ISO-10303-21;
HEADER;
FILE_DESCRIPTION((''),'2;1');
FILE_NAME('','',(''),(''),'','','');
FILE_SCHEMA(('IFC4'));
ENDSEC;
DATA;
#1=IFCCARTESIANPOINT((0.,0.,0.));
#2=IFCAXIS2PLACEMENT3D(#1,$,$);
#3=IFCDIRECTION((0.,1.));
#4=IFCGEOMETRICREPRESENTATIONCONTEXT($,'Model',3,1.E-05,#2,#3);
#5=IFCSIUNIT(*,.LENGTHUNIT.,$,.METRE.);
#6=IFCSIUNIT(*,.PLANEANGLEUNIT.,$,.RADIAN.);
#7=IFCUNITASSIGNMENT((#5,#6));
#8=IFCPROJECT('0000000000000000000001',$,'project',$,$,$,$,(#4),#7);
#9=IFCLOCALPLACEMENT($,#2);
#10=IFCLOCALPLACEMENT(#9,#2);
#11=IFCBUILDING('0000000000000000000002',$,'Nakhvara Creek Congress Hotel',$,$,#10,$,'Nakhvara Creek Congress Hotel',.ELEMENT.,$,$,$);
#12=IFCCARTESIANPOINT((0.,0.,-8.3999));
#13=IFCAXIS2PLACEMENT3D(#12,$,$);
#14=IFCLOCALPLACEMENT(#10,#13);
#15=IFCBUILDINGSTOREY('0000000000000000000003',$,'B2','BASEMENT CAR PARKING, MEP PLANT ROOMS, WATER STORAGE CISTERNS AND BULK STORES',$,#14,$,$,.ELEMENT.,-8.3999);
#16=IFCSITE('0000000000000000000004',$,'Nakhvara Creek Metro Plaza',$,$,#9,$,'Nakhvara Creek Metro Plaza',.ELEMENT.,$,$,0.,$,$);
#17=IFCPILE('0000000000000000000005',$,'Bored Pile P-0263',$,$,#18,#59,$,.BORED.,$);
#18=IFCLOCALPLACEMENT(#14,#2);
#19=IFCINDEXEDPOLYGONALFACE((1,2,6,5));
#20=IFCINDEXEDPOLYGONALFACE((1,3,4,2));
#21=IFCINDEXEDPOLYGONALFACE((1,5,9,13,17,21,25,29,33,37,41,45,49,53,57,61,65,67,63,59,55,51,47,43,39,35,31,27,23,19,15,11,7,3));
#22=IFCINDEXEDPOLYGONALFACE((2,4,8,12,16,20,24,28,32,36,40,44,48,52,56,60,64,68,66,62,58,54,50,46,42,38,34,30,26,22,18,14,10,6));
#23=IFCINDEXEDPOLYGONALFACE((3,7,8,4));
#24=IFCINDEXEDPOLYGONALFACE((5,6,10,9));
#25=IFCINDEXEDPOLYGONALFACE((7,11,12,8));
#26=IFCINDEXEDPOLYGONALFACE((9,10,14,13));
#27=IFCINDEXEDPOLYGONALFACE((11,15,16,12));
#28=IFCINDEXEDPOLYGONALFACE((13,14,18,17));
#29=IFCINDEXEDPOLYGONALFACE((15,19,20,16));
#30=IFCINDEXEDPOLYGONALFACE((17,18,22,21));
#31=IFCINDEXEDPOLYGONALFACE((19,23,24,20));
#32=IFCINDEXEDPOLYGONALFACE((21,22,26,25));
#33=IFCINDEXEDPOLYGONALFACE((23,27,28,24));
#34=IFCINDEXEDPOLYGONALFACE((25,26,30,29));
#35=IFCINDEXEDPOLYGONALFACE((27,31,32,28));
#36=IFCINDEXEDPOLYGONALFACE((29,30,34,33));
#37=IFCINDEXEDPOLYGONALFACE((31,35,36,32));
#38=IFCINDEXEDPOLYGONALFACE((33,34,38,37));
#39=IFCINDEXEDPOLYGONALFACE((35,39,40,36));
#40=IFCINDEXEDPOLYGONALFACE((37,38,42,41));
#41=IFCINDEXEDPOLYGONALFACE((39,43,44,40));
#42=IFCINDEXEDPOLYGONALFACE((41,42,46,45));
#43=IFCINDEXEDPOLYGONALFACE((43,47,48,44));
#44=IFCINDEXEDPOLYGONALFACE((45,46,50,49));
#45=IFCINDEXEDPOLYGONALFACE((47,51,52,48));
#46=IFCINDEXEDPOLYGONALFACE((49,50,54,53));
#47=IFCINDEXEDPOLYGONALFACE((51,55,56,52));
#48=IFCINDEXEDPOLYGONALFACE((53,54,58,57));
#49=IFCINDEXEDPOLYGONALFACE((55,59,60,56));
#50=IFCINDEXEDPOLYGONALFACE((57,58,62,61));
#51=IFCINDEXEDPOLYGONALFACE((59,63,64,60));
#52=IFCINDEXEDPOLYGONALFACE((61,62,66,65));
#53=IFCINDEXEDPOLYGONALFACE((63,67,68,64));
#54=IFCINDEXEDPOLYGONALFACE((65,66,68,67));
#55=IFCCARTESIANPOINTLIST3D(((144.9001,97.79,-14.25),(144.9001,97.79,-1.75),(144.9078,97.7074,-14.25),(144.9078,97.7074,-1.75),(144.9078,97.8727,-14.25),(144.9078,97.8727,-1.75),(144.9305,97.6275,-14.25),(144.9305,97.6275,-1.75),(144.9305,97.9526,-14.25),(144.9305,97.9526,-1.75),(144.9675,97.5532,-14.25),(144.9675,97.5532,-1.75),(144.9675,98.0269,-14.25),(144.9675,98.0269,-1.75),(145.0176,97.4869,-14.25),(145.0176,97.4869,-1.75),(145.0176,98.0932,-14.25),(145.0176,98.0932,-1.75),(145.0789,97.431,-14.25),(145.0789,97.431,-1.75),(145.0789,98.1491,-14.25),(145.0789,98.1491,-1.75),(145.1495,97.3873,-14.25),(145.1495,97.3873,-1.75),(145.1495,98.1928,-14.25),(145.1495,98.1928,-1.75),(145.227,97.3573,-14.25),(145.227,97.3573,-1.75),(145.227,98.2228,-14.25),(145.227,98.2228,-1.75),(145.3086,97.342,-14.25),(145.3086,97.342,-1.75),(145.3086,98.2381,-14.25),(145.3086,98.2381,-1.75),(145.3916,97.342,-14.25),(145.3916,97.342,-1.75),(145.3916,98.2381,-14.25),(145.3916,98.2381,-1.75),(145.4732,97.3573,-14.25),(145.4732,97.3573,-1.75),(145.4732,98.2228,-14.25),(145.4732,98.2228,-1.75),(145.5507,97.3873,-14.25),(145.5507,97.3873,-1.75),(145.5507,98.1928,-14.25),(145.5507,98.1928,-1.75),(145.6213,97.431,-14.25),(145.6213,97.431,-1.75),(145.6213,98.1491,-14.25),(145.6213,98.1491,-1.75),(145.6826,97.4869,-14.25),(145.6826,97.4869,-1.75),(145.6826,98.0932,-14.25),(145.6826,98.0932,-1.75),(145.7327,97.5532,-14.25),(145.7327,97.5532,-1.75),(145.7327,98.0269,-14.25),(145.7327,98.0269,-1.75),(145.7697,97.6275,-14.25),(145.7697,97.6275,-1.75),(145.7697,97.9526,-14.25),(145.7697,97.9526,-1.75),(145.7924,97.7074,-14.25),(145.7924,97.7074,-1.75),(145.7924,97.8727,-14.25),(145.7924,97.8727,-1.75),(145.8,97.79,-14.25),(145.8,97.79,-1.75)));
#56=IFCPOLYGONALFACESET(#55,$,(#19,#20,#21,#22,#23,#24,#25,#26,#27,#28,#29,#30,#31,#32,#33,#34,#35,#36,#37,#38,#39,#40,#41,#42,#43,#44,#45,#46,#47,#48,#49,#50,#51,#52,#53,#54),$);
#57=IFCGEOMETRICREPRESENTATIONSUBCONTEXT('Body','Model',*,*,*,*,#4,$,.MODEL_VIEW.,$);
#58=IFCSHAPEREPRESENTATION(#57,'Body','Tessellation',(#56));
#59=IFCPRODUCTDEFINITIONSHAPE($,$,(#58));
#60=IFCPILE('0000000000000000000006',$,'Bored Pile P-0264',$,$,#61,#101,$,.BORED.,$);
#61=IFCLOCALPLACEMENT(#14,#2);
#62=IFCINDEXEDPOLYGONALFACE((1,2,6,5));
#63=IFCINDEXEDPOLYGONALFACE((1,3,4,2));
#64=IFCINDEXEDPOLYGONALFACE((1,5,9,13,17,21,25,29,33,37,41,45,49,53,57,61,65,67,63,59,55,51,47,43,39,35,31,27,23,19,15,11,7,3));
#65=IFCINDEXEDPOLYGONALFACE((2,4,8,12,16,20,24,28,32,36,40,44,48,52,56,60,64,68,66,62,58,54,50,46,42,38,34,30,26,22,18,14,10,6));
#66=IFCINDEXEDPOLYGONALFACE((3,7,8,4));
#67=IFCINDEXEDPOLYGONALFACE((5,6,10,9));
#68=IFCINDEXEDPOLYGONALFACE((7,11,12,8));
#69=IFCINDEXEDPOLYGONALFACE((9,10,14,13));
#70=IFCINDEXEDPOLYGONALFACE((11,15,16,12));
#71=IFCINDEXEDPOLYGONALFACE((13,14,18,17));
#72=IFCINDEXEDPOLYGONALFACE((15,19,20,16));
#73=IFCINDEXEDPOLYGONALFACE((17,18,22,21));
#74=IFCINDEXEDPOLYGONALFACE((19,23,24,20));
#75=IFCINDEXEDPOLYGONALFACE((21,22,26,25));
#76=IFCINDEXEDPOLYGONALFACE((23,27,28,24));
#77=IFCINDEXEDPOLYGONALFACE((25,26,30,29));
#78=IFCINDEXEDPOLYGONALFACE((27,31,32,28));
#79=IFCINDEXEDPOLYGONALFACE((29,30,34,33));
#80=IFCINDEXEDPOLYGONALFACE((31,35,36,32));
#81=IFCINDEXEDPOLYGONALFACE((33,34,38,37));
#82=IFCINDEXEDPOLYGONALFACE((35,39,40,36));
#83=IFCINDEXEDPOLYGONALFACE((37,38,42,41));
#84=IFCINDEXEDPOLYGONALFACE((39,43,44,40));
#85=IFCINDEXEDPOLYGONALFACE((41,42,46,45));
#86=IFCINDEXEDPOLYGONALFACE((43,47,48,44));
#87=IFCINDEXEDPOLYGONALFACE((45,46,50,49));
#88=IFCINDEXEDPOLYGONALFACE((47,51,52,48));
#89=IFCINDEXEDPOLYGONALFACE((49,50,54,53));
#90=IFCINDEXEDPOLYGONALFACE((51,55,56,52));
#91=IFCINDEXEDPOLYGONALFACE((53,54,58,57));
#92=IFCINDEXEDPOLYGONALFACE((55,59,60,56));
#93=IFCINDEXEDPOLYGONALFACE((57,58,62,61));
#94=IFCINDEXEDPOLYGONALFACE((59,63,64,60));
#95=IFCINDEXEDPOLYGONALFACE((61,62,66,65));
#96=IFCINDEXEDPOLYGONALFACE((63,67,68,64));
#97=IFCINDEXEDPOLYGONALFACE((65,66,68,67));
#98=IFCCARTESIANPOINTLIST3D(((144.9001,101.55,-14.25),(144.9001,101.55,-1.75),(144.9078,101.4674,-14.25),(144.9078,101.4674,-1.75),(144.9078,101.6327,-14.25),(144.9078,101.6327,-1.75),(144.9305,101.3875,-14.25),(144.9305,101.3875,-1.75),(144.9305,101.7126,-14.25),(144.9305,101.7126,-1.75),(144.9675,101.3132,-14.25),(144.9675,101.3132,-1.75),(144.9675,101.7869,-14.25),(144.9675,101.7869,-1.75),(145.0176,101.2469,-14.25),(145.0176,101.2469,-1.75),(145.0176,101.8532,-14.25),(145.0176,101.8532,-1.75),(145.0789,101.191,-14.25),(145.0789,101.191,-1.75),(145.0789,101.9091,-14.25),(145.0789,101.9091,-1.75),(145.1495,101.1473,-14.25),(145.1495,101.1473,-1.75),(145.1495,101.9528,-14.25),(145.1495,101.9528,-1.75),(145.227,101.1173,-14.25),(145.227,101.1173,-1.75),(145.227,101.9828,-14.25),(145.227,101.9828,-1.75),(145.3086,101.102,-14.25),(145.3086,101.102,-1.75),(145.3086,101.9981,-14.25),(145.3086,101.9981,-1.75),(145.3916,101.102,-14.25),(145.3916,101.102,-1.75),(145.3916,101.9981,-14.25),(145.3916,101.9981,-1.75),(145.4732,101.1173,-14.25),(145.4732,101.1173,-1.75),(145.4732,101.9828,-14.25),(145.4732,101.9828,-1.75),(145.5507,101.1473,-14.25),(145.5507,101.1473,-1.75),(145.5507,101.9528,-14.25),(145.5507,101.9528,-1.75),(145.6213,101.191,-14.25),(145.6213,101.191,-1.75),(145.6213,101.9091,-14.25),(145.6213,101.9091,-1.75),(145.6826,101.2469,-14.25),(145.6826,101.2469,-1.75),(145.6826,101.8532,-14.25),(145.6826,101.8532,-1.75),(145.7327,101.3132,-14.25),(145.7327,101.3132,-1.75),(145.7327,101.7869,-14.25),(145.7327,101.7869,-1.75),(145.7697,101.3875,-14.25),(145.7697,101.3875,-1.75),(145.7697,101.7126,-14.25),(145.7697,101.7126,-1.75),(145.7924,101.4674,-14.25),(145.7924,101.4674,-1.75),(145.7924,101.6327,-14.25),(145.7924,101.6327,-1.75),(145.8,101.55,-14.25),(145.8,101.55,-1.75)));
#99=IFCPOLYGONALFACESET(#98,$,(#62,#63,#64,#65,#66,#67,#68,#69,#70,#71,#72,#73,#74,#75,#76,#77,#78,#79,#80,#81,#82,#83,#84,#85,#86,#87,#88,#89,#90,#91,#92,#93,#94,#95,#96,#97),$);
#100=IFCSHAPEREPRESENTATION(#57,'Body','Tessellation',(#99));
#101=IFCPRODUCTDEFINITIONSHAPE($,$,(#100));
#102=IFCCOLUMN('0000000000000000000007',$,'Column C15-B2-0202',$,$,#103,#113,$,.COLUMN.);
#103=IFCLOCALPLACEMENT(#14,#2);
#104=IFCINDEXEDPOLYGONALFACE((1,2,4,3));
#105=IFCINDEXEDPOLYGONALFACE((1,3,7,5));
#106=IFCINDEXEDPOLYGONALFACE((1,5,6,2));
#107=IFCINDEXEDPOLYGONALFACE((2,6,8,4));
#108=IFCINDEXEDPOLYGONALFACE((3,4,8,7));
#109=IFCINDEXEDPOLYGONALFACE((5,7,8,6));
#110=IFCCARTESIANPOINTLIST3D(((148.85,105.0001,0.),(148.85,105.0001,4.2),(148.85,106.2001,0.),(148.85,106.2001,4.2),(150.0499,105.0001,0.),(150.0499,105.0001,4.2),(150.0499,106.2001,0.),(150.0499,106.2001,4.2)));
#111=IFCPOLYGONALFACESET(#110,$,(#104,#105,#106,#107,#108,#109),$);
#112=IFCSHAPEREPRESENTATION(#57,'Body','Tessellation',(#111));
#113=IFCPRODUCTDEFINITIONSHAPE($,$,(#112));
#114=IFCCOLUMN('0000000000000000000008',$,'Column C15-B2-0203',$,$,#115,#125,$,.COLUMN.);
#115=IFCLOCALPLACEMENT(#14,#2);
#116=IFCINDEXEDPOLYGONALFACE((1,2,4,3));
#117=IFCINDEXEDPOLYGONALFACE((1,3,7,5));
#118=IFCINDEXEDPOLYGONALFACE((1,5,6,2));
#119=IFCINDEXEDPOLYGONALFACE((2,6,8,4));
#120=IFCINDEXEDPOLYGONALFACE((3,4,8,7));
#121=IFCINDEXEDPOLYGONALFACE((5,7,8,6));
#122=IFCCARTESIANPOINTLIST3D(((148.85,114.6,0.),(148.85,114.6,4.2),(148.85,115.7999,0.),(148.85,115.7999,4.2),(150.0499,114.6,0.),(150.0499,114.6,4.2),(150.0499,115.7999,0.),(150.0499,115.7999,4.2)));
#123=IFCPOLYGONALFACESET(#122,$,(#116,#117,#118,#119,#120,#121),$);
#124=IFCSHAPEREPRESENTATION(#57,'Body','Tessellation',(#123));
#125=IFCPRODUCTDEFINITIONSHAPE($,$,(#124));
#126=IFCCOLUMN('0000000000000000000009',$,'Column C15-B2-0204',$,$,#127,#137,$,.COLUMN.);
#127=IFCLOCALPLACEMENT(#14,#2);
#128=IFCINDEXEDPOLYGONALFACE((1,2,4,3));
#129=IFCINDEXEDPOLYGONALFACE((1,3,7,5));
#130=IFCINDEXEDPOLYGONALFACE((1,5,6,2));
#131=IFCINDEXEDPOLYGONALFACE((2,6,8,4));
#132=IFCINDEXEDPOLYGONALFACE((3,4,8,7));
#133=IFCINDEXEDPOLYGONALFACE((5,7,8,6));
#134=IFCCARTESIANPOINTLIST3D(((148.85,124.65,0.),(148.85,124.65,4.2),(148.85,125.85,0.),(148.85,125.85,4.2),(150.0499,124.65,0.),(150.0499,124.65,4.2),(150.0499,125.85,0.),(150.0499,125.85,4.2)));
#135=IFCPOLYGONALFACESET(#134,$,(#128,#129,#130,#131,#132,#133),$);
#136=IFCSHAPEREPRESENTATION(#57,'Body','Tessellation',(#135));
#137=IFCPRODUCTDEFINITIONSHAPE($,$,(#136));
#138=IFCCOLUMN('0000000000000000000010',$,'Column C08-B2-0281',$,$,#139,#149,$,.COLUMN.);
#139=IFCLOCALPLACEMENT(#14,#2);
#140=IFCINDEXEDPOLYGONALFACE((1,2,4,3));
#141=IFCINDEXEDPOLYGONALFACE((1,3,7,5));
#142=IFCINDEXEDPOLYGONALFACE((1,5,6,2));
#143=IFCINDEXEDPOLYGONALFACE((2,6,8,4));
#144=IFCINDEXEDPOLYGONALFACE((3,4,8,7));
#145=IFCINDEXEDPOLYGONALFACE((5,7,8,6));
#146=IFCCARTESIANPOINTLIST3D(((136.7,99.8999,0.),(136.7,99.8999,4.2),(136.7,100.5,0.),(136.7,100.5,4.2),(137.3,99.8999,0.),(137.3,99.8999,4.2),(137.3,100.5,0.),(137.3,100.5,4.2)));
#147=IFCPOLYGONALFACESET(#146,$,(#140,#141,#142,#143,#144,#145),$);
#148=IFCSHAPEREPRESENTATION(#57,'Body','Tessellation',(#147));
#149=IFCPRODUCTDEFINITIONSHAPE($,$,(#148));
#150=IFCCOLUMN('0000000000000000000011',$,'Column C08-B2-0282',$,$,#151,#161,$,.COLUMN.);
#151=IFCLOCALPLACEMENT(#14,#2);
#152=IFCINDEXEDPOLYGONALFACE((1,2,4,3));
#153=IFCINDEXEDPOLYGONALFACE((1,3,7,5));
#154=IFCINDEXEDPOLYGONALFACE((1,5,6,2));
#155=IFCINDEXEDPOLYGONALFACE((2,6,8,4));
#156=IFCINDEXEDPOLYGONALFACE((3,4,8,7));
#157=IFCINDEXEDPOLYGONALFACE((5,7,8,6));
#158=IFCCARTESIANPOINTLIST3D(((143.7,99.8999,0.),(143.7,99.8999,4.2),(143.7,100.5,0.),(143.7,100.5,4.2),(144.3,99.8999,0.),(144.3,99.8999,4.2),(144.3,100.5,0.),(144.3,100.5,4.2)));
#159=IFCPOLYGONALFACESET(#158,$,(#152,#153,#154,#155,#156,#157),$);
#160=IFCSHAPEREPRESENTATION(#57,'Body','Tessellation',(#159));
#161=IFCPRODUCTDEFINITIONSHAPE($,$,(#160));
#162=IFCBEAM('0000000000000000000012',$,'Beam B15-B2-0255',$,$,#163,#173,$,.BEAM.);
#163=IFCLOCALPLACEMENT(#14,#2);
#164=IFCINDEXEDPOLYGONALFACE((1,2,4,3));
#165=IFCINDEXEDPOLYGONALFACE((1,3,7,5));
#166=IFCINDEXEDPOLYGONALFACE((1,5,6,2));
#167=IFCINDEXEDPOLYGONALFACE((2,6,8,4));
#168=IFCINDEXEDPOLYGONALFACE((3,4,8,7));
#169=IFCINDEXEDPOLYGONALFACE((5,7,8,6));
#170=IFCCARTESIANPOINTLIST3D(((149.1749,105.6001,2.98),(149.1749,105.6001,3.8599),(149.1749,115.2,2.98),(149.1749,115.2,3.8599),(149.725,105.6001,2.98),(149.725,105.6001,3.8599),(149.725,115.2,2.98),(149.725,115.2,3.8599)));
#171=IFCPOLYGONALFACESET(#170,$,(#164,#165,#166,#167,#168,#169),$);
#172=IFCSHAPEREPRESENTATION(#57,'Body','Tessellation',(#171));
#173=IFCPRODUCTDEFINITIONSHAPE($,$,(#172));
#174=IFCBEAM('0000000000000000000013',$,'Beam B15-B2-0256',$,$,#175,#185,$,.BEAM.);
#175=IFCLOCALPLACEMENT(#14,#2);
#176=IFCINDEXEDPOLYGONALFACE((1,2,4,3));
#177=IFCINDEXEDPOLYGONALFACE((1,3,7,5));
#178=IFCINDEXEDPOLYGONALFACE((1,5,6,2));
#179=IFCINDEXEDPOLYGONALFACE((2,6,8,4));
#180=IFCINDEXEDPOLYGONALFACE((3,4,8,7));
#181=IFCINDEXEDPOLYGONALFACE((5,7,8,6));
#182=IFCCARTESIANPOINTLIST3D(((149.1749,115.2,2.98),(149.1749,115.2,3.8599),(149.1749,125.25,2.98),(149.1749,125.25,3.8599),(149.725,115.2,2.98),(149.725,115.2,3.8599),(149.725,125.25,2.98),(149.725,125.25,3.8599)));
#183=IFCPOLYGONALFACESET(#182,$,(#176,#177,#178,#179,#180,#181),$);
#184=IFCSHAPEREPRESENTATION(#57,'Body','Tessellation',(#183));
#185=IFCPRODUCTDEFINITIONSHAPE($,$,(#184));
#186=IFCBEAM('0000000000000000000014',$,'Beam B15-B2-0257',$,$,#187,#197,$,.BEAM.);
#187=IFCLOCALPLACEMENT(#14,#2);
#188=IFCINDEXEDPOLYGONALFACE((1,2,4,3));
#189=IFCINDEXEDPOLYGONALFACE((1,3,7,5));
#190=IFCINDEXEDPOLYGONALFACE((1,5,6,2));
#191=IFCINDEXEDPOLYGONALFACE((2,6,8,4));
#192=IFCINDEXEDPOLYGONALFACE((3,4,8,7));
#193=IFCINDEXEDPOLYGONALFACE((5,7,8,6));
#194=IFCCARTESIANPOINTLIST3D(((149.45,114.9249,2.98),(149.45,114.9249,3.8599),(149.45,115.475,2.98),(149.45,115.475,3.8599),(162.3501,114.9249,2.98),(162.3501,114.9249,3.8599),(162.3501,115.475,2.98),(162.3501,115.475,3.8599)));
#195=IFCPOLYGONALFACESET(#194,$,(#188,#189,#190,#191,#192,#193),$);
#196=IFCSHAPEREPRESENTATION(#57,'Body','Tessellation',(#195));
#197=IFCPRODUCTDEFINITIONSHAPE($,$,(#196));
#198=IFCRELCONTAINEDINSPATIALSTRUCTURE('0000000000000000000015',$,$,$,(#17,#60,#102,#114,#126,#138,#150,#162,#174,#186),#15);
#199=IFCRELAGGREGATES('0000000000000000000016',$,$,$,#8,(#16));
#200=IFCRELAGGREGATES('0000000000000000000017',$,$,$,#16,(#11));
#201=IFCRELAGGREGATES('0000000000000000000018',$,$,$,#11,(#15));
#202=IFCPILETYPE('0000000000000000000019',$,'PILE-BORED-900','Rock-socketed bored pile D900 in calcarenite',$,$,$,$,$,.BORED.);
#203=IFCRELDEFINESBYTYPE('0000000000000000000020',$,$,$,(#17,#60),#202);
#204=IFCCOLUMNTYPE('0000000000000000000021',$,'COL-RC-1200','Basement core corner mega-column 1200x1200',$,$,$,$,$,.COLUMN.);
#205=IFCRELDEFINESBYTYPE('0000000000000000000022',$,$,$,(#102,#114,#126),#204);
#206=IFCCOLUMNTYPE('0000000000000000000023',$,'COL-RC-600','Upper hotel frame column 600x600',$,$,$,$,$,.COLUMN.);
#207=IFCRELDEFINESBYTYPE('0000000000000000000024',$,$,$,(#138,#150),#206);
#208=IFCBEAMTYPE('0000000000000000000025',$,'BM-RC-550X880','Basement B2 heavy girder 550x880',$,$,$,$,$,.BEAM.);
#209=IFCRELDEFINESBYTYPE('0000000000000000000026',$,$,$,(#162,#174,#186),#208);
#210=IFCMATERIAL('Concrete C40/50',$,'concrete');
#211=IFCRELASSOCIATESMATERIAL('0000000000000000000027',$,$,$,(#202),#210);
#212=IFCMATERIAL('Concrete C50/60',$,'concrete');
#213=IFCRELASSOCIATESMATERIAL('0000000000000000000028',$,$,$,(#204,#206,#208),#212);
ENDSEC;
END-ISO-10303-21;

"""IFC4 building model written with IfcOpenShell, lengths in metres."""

from ifc_helpers import new_model, si_unit, direction, frame, origin, origin_2d, place, context, subcontext, project, spatial, rectangle, circle, extrude, material, material_profile, profile_set, type_object, element, save


model = new_model("IFC4")

# Units and contexts
model_context = context("Model", 3, precision=1e-05, world=origin(), true_north=direction((0.0, 1.0)))
body_context = subcontext(model_context, "Body", "Model", "MODEL_VIEW")
ifc_project = project(units=[si_unit("LENGTHUNIT", "METRE"), si_unit("PLANEANGLEUNIT", "RADIAN")], contexts=[model_context])

# Site, building, storey
site_placement = place(None, origin())
site = spatial("IfcSite", under=ifc_project, at=site_placement, Name="Nakhvara Creek Metro Plaza", LongName="Nakhvara Creek Metro Plaza", CompositionType="ELEMENT", RefElevation=0.0)
building_placement = place(site_placement, origin())
building = spatial("IfcBuilding", under=site, at=building_placement, Name="Nakhvara Creek Congress Hotel", LongName="Nakhvara Creek Congress Hotel", CompositionType="ELEMENT")
storey_placement = place(building_placement, frame((0.0, 0.0, -8.3999)))
storey = spatial("IfcBuildingStorey", under=building, at=storey_placement, Name="B2", Description="BASEMENT CAR PARKING, MEP PLANT ROOMS, WATER STORAGE CISTERNS AND BULK STORES", CompositionType="ELEMENT", Elevation=-8.3999)

# Shared definitions
ifc_material_1 = material(Name="Concrete C40/50", Category="concrete")

# Piles
ifc_material_profile_1 = material_profile(ifc_material_1, circle(Radius=0.45, at=origin_2d()), Name="BORED PILE D900", Category="LoadBearing")
ifc_profile_set_1 = profile_set([ifc_material_profile_1], Name="Concrete C40/50")
pile_type_1 = type_object("IfcPileType", Name="PILE-BORED-900", Description="Rock-socketed bored pile D900 in calcarenite", PredefinedType="BORED", material=ifc_profile_set_1)
for number, where, z_axis, x_axis, name in (
    (1, (145.3501, 97.79, -1.75), (0.0, 0.0, -1.0), (1.0, 0.0, 0.0), "Bored Pile P-0263"),
    (2, (145.3501, 101.55, -1.75), (0.0, 0.0, -1.0), (1.0, 0.0, 0.0), "Bored Pile P-0264"),
):
    element("IfcPile", number, at=place(storey_placement, frame(where, z_axis=z_axis, x_axis=x_axis)), inside=storey, type_object=pile_type_1, Name=name, PredefinedType="BORED", context=body_context, shape_type="SweptSolid", body=[
        extrude(circle(Radius=0.45, at=origin_2d()), origin(), (0.0, 0.0, 1.0), 12.5),
    ])

# Columns
ifc_material_2 = material(Name="Concrete C50/60", Category="concrete")
ifc_material_profile_2 = material_profile(ifc_material_2, rectangle(XDim=1.2, YDim=1.2, at=origin_2d()), Name="RC-COL 1200x1200", Category="LoadBearing")
ifc_profile_set_2 = profile_set([ifc_material_profile_2], Name="Concrete C50/60")
column_type_1 = type_object("IfcColumnType", Name="COL-RC-1200", Description="Basement core corner mega-column 1200x1200", PredefinedType="COLUMN", material=ifc_profile_set_2)
for number, where, z_axis, x_axis, name in (
    (3, (149.45, 105.6001, 0.0), (0.0, 0.0, 1.0), (1.0, 0.0, 0.0), "Column C15-B2-0202"),
    (4, (149.45, 115.2, 0.0), (0.0, 0.0, 1.0), (1.0, 0.0, 0.0), "Column C15-B2-0203"),
    (5, (149.45, 125.25, 0.0), (0.0, 0.0, 1.0), (1.0, 0.0, 0.0), "Column C15-B2-0204"),
):
    element("IfcColumn", number, at=place(storey_placement, frame(where, z_axis=z_axis, x_axis=x_axis)), inside=storey, type_object=column_type_1, Name=name, PredefinedType="COLUMN", context=body_context, shape_type="SweptSolid", body=[
        extrude(rectangle(XDim=1.2, YDim=1.2, at=origin_2d()), origin(), (0.0, 0.0, 1.0), 4.2),
    ])
ifc_material_profile_3 = material_profile(ifc_material_2, rectangle(XDim=0.6001, YDim=0.6001, at=origin_2d()), Name="RC-COL 600x600", Category="LoadBearing")
ifc_profile_set_3 = profile_set([ifc_material_profile_3], Name="Concrete C50/60")
column_type_2 = type_object("IfcColumnType", Name="COL-RC-600", Description="Upper hotel frame column 600x600", PredefinedType="COLUMN", material=ifc_profile_set_3)
for number, where, z_axis, x_axis, name in (
    (6, (137.0, 100.2, 0.0), (0.0, 0.0, 1.0), (1.0, 0.0, 0.0), "Column C08-B2-0281"),
    (7, (144.0, 100.2, 0.0), (0.0, 0.0, 1.0), (1.0, 0.0, 0.0), "Column C08-B2-0282"),
):
    element("IfcColumn", number, at=place(storey_placement, frame(where, z_axis=z_axis, x_axis=x_axis)), inside=storey, type_object=column_type_2, Name=name, PredefinedType="COLUMN", context=body_context, shape_type="SweptSolid", body=[
        extrude(rectangle(XDim=0.6001, YDim=0.6001, at=origin_2d()), origin(), (0.0, 0.0, 1.0), 4.2),
    ])

# Beams
ifc_material_profile_4 = material_profile(ifc_material_2, rectangle(XDim=0.55, YDim=0.8799, at=origin_2d()), Name="RC-BM 550x880", Category="LoadBearing")
ifc_profile_set_4 = profile_set([ifc_material_profile_4], Name="Concrete C50/60")
beam_type_1 = type_object("IfcBeamType", Name="BM-RC-550X880", Description="Basement B2 heavy girder 550x880", PredefinedType="BEAM", material=ifc_profile_set_4)
beam_1_placement = place(storey_placement, frame((149.45, 105.6001, 3.4199), z_axis=(0.0, 1.0, 0.0), x_axis=(-1.0, 0.0, 0.0)))
element("IfcBeam", 8, at=beam_1_placement, inside=storey, type_object=beam_type_1, Name="Beam B15-B2-0255", PredefinedType="BEAM", context=body_context, shape_type="SweptSolid", body=[
    extrude(rectangle(XDim=0.55, YDim=0.8799, at=origin_2d()), origin(), (0.0, 0.0, 1.0), 9.5999),
])
beam_2_placement = place(storey_placement, frame((149.45, 115.2, 3.4199), z_axis=(0.0, 1.0, 0.0), x_axis=(-1.0, 0.0, 0.0)))
element("IfcBeam", 9, at=beam_2_placement, inside=storey, type_object=beam_type_1, Name="Beam B15-B2-0256", PredefinedType="BEAM", context=body_context, shape_type="SweptSolid", body=[
    extrude(rectangle(XDim=0.55, YDim=0.8799, at=origin_2d()), origin(), (0.0, 0.0, 1.0), 10.05),
])
beam_3_placement = place(storey_placement, frame((149.45, 115.2, 3.4199), z_axis=(1.0, 0.0, 0.0), x_axis=(0.0, 1.0, 0.0)))
element("IfcBeam", 10, at=beam_3_placement, inside=storey, type_object=beam_type_1, Name="Beam B15-B2-0257", PredefinedType="BEAM", context=body_context, shape_type="SweptSolid", body=[
    extrude(rectangle(XDim=0.55, YDim=0.8799, at=origin_2d()), origin(), (0.0, 0.0, 1.0), 12.9001),
])

save(model, "model.ifc")
